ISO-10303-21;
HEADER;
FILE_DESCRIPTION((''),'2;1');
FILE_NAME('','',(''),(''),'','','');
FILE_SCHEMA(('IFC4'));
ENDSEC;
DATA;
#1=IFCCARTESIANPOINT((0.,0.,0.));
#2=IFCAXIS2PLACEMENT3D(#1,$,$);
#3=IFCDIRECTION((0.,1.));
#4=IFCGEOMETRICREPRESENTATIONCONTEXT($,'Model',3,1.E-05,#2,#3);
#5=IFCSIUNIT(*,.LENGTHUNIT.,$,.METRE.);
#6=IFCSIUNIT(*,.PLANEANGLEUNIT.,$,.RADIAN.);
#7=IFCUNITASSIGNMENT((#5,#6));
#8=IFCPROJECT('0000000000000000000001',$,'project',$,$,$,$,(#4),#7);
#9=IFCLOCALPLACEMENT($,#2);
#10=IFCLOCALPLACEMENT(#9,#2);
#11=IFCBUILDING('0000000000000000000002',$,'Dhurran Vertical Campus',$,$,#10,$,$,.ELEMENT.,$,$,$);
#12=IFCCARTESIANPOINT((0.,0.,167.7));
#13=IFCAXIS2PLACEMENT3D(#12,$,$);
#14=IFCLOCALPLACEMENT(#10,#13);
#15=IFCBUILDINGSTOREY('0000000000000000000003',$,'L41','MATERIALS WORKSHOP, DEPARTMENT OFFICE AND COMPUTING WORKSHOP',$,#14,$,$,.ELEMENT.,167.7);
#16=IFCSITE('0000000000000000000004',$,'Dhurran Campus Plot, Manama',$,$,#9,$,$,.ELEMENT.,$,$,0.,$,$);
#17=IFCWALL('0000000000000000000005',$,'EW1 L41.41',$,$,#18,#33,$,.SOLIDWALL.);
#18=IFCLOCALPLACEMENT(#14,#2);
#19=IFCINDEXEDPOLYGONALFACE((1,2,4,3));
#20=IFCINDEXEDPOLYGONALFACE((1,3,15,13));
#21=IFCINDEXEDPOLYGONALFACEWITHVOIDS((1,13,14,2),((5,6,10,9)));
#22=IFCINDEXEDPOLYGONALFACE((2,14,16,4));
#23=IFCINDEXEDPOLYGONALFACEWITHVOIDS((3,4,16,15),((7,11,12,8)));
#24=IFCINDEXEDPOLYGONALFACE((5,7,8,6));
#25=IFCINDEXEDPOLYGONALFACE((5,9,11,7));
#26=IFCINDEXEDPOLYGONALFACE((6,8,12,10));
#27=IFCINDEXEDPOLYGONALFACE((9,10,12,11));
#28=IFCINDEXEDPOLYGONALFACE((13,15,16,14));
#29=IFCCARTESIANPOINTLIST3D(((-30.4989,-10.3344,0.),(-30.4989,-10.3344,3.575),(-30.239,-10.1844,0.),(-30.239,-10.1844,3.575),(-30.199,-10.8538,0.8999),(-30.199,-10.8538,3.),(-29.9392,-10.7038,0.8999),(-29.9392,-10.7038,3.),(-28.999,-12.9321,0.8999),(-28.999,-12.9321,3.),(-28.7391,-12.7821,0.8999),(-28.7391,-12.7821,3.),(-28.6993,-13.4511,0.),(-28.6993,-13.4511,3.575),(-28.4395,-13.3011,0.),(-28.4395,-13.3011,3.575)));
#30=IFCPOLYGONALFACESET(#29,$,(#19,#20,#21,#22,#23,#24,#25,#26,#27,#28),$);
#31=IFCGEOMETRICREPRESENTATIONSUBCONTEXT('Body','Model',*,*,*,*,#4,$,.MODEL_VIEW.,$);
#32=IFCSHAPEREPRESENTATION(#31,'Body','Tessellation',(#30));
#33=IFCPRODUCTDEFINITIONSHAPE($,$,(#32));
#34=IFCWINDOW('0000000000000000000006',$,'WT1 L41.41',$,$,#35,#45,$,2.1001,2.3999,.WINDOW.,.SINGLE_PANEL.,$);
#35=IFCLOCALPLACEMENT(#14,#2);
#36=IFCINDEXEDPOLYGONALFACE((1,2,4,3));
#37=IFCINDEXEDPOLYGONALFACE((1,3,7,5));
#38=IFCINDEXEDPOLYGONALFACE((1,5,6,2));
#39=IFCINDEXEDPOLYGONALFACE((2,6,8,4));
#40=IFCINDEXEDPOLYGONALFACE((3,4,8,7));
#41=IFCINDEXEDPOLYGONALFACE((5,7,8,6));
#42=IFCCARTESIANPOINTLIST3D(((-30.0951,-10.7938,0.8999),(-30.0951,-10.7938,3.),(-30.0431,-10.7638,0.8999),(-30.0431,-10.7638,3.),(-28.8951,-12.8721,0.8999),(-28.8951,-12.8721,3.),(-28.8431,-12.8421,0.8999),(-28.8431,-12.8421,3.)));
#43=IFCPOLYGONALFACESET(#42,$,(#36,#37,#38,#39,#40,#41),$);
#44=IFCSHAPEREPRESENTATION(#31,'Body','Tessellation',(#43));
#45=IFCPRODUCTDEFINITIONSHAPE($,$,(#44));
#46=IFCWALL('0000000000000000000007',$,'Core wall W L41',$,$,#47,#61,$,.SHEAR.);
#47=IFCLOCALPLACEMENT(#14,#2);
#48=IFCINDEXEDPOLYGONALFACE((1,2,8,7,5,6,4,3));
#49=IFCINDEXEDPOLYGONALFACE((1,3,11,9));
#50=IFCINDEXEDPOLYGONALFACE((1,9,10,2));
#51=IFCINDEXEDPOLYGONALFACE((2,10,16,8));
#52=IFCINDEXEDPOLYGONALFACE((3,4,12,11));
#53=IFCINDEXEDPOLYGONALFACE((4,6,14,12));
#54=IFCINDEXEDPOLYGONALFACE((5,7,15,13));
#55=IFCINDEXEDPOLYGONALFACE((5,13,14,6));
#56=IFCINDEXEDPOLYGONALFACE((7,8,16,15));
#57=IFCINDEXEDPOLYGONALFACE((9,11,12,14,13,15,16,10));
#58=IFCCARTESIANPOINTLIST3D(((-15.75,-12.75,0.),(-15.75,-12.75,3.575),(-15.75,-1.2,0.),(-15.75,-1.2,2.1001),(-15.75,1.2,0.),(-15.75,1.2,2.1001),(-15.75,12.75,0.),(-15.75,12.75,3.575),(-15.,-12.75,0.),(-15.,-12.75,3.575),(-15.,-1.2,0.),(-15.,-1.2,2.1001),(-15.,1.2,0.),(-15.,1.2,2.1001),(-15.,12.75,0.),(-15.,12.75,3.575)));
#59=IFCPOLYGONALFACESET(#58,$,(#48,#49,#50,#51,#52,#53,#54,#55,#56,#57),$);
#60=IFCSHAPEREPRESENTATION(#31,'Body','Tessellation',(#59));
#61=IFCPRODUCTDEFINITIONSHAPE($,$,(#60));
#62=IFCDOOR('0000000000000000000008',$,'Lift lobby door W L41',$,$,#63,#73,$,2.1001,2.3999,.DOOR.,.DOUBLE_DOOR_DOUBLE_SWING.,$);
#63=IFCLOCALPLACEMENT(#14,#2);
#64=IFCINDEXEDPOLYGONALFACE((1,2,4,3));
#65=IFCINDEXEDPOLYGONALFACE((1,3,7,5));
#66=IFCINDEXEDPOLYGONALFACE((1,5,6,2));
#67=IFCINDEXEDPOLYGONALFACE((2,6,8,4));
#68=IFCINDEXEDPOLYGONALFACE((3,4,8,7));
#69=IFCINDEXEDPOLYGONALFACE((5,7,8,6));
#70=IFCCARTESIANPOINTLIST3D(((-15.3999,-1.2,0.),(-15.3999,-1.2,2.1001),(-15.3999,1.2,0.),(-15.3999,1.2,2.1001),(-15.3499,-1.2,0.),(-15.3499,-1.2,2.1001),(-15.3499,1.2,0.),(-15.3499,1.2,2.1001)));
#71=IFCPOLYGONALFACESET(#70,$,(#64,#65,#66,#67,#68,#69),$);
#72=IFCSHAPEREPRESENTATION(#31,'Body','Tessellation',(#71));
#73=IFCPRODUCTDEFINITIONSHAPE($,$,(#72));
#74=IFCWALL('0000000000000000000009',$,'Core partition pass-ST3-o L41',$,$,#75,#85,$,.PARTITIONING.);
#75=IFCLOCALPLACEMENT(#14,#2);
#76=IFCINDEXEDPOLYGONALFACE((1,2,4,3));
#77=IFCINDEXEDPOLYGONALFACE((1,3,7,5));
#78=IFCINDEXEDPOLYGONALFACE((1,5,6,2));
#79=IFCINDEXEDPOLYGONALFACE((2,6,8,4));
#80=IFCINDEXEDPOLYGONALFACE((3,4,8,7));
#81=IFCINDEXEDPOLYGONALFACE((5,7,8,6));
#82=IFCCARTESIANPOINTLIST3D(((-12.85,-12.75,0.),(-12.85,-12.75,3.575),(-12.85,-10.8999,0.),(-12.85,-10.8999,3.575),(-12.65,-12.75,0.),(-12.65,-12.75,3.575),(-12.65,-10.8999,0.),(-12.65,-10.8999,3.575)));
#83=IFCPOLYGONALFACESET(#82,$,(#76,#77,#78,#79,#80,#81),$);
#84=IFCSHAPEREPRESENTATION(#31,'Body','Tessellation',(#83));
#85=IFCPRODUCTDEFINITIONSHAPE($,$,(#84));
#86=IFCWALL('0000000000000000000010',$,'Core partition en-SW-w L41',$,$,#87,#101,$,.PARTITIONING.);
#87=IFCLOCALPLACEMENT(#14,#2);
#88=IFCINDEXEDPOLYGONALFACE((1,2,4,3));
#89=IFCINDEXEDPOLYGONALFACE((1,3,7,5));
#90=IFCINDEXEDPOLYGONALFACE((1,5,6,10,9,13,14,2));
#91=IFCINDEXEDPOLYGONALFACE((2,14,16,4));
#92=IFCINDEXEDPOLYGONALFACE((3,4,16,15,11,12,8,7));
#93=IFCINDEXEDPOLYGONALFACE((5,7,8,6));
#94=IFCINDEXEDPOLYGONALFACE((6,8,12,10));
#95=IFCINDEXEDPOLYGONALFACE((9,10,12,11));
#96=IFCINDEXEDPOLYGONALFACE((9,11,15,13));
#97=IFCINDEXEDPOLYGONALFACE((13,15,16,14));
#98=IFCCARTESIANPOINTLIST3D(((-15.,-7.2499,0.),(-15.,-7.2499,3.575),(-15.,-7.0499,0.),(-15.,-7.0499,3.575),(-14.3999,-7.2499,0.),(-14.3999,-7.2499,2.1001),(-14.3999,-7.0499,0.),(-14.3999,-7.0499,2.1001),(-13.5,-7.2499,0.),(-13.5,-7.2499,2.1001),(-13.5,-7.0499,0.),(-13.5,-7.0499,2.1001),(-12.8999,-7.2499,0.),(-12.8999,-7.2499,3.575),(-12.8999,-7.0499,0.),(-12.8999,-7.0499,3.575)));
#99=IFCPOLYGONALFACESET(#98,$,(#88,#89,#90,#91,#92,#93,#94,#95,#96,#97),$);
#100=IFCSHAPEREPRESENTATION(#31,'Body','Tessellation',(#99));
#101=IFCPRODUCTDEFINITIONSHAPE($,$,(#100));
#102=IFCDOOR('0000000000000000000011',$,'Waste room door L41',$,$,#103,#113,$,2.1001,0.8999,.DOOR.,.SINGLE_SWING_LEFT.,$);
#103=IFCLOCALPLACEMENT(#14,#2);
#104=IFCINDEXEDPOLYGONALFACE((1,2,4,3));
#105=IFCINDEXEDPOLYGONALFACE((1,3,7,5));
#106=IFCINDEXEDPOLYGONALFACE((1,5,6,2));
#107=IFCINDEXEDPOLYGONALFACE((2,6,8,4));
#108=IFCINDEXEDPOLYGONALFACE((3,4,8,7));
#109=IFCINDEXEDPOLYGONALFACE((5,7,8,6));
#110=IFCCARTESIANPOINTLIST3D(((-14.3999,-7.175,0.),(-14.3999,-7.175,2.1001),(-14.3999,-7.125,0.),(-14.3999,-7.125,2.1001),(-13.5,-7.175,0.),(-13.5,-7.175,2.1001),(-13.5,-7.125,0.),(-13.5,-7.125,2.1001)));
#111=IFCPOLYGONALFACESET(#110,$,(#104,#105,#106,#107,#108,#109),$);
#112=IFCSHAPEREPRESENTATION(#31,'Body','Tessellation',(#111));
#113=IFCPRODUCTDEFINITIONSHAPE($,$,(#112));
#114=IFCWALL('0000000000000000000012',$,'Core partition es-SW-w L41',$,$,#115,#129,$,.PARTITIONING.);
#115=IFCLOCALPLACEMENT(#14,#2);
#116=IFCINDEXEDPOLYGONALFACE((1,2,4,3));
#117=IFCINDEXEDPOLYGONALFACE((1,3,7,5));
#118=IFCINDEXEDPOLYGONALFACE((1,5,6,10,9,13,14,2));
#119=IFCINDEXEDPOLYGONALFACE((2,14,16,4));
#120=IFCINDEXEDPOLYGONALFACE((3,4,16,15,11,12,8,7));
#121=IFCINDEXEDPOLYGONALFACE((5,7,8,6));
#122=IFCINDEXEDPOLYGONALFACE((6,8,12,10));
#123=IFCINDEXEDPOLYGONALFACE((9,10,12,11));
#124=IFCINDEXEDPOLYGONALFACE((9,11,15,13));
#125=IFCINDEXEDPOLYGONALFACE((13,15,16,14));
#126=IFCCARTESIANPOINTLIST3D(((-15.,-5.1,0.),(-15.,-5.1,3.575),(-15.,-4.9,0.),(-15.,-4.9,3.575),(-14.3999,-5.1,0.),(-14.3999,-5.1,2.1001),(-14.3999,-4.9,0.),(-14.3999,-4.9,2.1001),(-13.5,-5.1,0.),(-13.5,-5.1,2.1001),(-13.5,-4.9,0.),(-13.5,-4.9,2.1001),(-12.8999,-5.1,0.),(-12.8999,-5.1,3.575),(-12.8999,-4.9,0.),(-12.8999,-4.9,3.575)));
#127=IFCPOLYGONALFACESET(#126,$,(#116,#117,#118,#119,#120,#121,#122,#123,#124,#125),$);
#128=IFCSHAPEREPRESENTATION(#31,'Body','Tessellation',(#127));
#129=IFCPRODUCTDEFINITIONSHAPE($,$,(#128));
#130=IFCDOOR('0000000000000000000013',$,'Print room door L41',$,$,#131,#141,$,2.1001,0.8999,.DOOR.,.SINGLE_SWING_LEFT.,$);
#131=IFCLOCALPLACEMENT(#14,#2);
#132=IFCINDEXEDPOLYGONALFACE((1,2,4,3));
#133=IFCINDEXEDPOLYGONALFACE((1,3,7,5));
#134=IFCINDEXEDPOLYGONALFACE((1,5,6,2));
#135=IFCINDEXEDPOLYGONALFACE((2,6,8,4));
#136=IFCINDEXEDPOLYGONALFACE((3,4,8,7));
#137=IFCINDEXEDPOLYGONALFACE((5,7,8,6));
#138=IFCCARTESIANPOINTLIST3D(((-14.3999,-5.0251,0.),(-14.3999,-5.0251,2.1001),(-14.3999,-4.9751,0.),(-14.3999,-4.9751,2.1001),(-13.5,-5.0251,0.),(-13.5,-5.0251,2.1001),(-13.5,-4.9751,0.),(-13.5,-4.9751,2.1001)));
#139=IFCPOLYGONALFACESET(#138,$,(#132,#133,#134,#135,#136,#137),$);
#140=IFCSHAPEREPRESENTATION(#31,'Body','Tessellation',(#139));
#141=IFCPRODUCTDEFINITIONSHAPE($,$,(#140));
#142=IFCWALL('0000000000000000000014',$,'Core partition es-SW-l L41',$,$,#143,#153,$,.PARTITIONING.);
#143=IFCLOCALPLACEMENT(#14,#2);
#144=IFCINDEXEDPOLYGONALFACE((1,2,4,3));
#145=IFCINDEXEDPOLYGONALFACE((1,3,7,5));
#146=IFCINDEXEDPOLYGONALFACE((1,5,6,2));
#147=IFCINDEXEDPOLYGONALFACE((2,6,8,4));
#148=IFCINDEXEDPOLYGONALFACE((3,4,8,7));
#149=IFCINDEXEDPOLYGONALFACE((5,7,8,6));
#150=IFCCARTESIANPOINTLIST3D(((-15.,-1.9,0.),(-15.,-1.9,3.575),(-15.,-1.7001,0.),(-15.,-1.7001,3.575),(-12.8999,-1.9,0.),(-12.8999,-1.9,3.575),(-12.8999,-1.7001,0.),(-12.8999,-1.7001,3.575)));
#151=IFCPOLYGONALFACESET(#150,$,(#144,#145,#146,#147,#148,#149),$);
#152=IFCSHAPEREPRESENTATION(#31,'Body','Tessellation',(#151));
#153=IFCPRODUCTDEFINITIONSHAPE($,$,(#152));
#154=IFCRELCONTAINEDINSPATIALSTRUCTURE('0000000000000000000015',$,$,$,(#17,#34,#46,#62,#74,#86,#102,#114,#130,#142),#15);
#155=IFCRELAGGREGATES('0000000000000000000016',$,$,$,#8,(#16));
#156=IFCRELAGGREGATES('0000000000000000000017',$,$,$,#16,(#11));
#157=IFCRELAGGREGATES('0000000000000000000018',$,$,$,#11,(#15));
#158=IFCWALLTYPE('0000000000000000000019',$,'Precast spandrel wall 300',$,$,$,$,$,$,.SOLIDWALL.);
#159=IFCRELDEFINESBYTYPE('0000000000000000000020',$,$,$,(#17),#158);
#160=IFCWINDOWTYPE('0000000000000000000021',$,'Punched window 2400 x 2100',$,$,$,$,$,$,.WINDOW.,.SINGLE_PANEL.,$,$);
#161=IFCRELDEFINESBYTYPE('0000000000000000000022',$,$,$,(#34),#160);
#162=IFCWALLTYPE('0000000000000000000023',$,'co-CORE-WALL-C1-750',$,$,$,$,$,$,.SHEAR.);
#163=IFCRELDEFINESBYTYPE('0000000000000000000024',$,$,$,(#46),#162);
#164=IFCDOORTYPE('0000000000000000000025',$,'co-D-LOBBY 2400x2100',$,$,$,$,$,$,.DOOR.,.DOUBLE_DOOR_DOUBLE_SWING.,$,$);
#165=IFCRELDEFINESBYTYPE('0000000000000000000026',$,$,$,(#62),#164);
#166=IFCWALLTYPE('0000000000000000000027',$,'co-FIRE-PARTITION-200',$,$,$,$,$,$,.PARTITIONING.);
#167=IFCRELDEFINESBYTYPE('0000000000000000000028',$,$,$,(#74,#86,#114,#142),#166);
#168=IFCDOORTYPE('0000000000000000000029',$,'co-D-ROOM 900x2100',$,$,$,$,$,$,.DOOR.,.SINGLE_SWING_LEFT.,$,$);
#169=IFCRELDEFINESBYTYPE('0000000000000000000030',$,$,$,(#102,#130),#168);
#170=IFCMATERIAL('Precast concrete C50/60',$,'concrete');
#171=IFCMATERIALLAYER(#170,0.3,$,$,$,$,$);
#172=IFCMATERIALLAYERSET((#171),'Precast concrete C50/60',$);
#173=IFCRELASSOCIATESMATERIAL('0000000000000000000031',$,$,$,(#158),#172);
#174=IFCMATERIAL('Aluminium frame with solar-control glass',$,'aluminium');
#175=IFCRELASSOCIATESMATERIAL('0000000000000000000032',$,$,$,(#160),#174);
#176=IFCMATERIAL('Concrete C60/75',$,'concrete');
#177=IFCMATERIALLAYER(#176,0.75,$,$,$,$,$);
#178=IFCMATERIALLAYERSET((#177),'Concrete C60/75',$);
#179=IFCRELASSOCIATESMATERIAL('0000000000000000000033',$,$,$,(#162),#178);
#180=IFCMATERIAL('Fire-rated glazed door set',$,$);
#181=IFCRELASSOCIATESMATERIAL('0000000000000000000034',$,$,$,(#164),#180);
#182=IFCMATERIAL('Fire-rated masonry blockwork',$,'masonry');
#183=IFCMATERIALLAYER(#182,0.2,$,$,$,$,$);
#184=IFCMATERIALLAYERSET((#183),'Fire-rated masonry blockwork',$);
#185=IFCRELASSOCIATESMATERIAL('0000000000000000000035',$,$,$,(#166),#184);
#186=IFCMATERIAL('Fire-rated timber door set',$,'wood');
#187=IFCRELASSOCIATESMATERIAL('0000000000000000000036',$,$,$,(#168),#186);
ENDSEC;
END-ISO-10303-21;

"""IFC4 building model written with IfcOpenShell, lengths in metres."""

from ifc_helpers import new_model, si_unit, direction, frame, frame_2d, origin, place, context, subcontext, project, spatial, rectangle, extrude, material, layer, layer_set, type_object, element, fill, save


model = new_model("IFC4")

# Units and contexts
model_context = context("Model", 3, precision=1e-05, world=origin(), true_north=direction((0.0, 1.0)))
body_context = subcontext(model_context, "Body", "Model", "MODEL_VIEW")
ifc_project = project(units=[si_unit("LENGTHUNIT", "METRE"), si_unit("PLANEANGLEUNIT", "RADIAN")], contexts=[model_context])

# Site, building, storey
site_placement = place(None, origin())
site = spatial("IfcSite", under=ifc_project, at=site_placement, Name="Dhurran Campus Plot, Manama", CompositionType="ELEMENT", RefElevation=0.0)
building_placement = place(site_placement, origin())
building = spatial("IfcBuilding", under=site, at=building_placement, Name="Dhurran Vertical Campus", CompositionType="ELEMENT")
storey_placement = place(building_placement, frame((0.0, 0.0, 167.7)))
storey = spatial("IfcBuildingStorey", under=building, at=storey_placement, Name="L41", Description="MATERIALS WORKSHOP, DEPARTMENT OFFICE AND COMPUTING WORKSHOP", CompositionType="ELEMENT", Elevation=167.7)

# Wall, opening, window
ifc_material_1 = material(Name="Precast concrete C50/60", Category="concrete")
ifc_layer_1 = layer(ifc_material_1, 0.3)
ifc_layer_set_1 = layer_set([ifc_layer_1], Name="Precast concrete C50/60")
wall_type_1 = type_object("IfcWallType", Name="Precast spandrel wall 300", PredefinedType="SOLIDWALL", material=ifc_layer_set_1)
ifc_material_2 = material(Name="Aluminium frame with solar-control glass", Category="aluminium")
window_type = type_object("IfcWindowType", Name="Punched window 2400 x 2100", PartitioningType="SINGLE_PANEL", PredefinedType="WINDOW", material=ifc_material_2)
wall_1_placement = place(storey_placement, frame((-30.3689, -10.2595, 0.0), z_axis=(0.0, 0.0, 1.0), x_axis=(0.500028, -0.866009, 0.0)))
wall_1 = element("IfcWall", 1, at=wall_1_placement, inside=storey, type_object=wall_type_1, Name="EW1 L41.41", PredefinedType="SOLIDWALL", context=body_context, shape_type="SweptSolid", body=[
    extrude(rectangle(XDim=3.5989, YDim=0.3, at=frame_2d((1.7993, 0.0))), origin(), (0.0, 0.0, 1.0), 3.575),
])
opening_1_placement = place(wall_1_placement, frame((0.5996, 0.0, 0.8999)))
opening_1 = element("IfcOpeningElement", 2, at=opening_1_placement, cuts=wall_1, PredefinedType="OPENING", context=body_context, shape_type="SweptSolid", body=[
    extrude(rectangle(XDim=2.3999, YDim=2.1001, at=frame_2d((1.2, 1.05))), frame((0.0, 0.1599, 0.0), z_axis=(0.0, -1.0, 0.0), x_axis=(1.0, 0.0, 0.0)), (0.0, 0.0, 1.0), 0.3201),
])
window_1_placement = place(opening_1_placement, origin())
window_1 = element("IfcWindow", 3, at=window_1_placement, inside=storey, type_object=window_type, Name="WT1 L41.41", OverallHeight=2.1001, OverallWidth=2.3999, PartitioningType="SINGLE_PANEL", PredefinedType="WINDOW", context=body_context, shape_type="SweptSolid", body=[
    extrude(rectangle(XDim=2.3999, YDim=2.1001, at=frame_2d((1.2, 1.05))), frame((0.0, 0.03, 0.0), z_axis=(0.0, -1.0, 0.0), x_axis=(1.0, 0.0, 0.0)), (0.0, 0.0, 1.0), 0.0601),
])
fill(opening_1, window_1)

# Wall, opening, door
ifc_material_3 = material(Name="Concrete C60/75", Category="concrete")
ifc_layer_2 = layer(ifc_material_3, 0.75)
ifc_layer_set_2 = layer_set([ifc_layer_2], Name="Concrete C60/75")
wall_type_2 = type_object("IfcWallType", Name="co-CORE-WALL-C1-750", PredefinedType="SHEAR", material=ifc_layer_set_2)
wall_2_placement = place(storey_placement, frame((-15.375, -12.75, 0.0), z_axis=(0.0, 0.0, 1.0), x_axis=(0.0, 1.0, 0.0)))
wall_2 = element("IfcWall", 4, at=wall_2_placement, inside=storey, type_object=wall_type_2, Name="Core wall W L41", PredefinedType="SHEAR", context=body_context, shape_type="SweptSolid", body=[
    extrude(rectangle(XDim=25.5, YDim=0.75, at=frame_2d((12.75, 0.0))), origin(), (0.0, 0.0, 1.0), 3.575),
])
opening_2_placement = place(wall_2_placement, frame((11.55, 0.0, 0.0)))
opening_2 = element("IfcOpeningElement", 5, at=opening_2_placement, cuts=wall_2, PredefinedType="OPENING", context=body_context, shape_type="SweptSolid", body=[
    extrude(rectangle(XDim=2.3999, YDim=2.1001, at=frame_2d((1.2, 1.05))), frame((0.0, 0.385, 0.0), z_axis=(0.0, -1.0, 0.0), x_axis=(1.0, 0.0, 0.0)), (0.0, 0.0, 1.0), 0.77),
])
ifc_material_4 = material(Name="Fire-rated glazed door set")
door_type_1 = type_object("IfcDoorType", Name="co-D-LOBBY 2400x2100", OperationType="DOUBLE_DOOR_DOUBLE_SWING", PredefinedType="DOOR", material=ifc_material_4)
door_1_placement = place(opening_2_placement, origin())
door_1 = element("IfcDoor", 6, at=door_1_placement, inside=storey, type_object=door_type_1, Name="Lift lobby door W L41", OperationType="DOUBLE_DOOR_DOUBLE_SWING", OverallHeight=2.1001, OverallWidth=2.3999, PredefinedType="DOOR", context=body_context, shape_type="SweptSolid", body=[
    extrude(rectangle(XDim=2.3999, YDim=2.1001, at=frame_2d((1.2, 1.05))), frame((0.0, 0.0249, 0.0), z_axis=(0.0, -1.0, 0.0), x_axis=(1.0, 0.0, 0.0)), (0.0, 0.0, 1.0), 0.05),
])
fill(opening_2, door_1)

# Wall
ifc_material_5 = material(Name="Fire-rated masonry blockwork", Category="masonry")
ifc_layer_3 = layer(ifc_material_5, 0.2)
ifc_layer_set_3 = layer_set([ifc_layer_3], Name="Fire-rated masonry blockwork")
wall_type_3 = type_object("IfcWallType", Name="co-FIRE-PARTITION-200", PredefinedType="PARTITIONING", material=ifc_layer_set_3)
wall_3_placement = place(storey_placement, frame((-12.75, -12.75, 0.0), z_axis=(0.0, 0.0, 1.0), x_axis=(0.0, 1.0, 0.0)))
element("IfcWall", 7, at=wall_3_placement, inside=storey, type_object=wall_type_3, Name="Core partition pass-ST3-o L41", PredefinedType="PARTITIONING", context=body_context, shape_type="SweptSolid", body=[
    extrude(rectangle(XDim=1.8501, YDim=0.2, at=frame_2d((0.925, 0.0))), origin(), (0.0, 0.0, 1.0), 3.575),
])

# Walls, openings, doors
wall_4_placement = place(storey_placement, frame((-15.0, -7.1499, 0.0), z_axis=(0.0, 0.0, 1.0), x_axis=(1.0, 0.0, 0.0)))
wall_4 = element("IfcWall", 8, at=wall_4_placement, inside=storey, type_object=wall_type_3, Name="Core partition en-SW-w L41", PredefinedType="PARTITIONING", context=body_context, shape_type="SweptSolid", body=[
    extrude(rectangle(XDim=2.1001, YDim=0.2, at=frame_2d((1.05, 0.0))), origin(), (0.0, 0.0, 1.0), 3.575),
])
opening_3_placement = place(wall_4_placement, frame((0.6001, 0.0, 0.0)))
opening_3 = element("IfcOpeningElement", 9, at=opening_3_placement, cuts=wall_4, PredefinedType="OPENING", context=body_context, shape_type="SweptSolid", body=[
    extrude(rectangle(XDim=0.8999, YDim=2.1001, at=frame_2d((0.45, 1.05))), frame((0.0, 0.1099, 0.0), z_axis=(0.0, -1.0, 0.0), x_axis=(1.0, 0.0, 0.0)), (0.0, 0.0, 1.0), 0.22),
])
ifc_material_6 = material(Name="Fire-rated timber door set", Category="wood")
door_type_2 = type_object("IfcDoorType", Name="co-D-ROOM 900x2100", OperationType="SINGLE_SWING_LEFT", PredefinedType="DOOR", material=ifc_material_6)
door_2_placement = place(opening_3_placement, origin())
door_2 = element("IfcDoor", 10, at=door_2_placement, inside=storey, type_object=door_type_2, Name="Waste room door L41", OperationType="SINGLE_SWING_LEFT", OverallHeight=2.1001, OverallWidth=0.8999, PredefinedType="DOOR", context=body_context, shape_type="SweptSolid", body=[
    extrude(rectangle(XDim=0.8999, YDim=2.1001, at=frame_2d((0.45, 1.05))), frame((0.0, 0.0249, 0.0), z_axis=(0.0, -1.0, 0.0), x_axis=(1.0, 0.0, 0.0)), (0.0, 0.0, 1.0), 0.05),
])
fill(opening_3, door_2)
wall_5_placement = place(storey_placement, frame((-15.0, -5.0, 0.0), z_axis=(0.0, 0.0, 1.0), x_axis=(1.0, 0.0, 0.0)))
wall_5 = element("IfcWall", 11, at=wall_5_placement, inside=storey, type_object=wall_type_3, Name="Core partition es-SW-w L41", PredefinedType="PARTITIONING", context=body_context, shape_type="SweptSolid", body=[
    extrude(rectangle(XDim=2.1001, YDim=0.2, at=frame_2d((1.05, 0.0))), origin(), (0.0, 0.0, 1.0), 3.575),
])
opening_4_placement = place(wall_5_placement, frame((0.6001, 0.0, 0.0)))
opening_4 = element("IfcOpeningElement", 12, at=opening_4_placement, cuts=wall_5, PredefinedType="OPENING", context=body_context, shape_type="SweptSolid", body=[
    extrude(rectangle(XDim=0.8999, YDim=2.1001, at=frame_2d((0.45, 1.05))), frame((0.0, 0.1099, 0.0), z_axis=(0.0, -1.0, 0.0), x_axis=(1.0, 0.0, 0.0)), (0.0, 0.0, 1.0), 0.22),
])
door_3_placement = place(opening_4_placement, origin())
door_3 = element("IfcDoor", 13, at=door_3_placement, inside=storey, type_object=door_type_2, Name="Print room door L41", OperationType="SINGLE_SWING_LEFT", OverallHeight=2.1001, OverallWidth=0.8999, PredefinedType="DOOR", context=body_context, shape_type="SweptSolid", body=[
    extrude(rectangle(XDim=0.8999, YDim=2.1001, at=frame_2d((0.45, 1.05))), frame((0.0, 0.0249, 0.0), z_axis=(0.0, -1.0, 0.0), x_axis=(1.0, 0.0, 0.0)), (0.0, 0.0, 1.0), 0.05),
])
fill(opening_4, door_3)

# Wall
wall_6_placement = place(storey_placement, frame((-15.0, -1.8, 0.0), z_axis=(0.0, 0.0, 1.0), x_axis=(1.0, 0.0, 0.0)))
element("IfcWall", 14, at=wall_6_placement, inside=storey, type_object=wall_type_3, Name="Core partition es-SW-l L41", PredefinedType="PARTITIONING", context=body_context, shape_type="SweptSolid", body=[
    extrude(rectangle(XDim=2.1001, YDim=0.2, at=frame_2d((1.05, 0.0))), origin(), (0.0, 0.0, 1.0), 3.575),
])

save(model, "model.ifc")
